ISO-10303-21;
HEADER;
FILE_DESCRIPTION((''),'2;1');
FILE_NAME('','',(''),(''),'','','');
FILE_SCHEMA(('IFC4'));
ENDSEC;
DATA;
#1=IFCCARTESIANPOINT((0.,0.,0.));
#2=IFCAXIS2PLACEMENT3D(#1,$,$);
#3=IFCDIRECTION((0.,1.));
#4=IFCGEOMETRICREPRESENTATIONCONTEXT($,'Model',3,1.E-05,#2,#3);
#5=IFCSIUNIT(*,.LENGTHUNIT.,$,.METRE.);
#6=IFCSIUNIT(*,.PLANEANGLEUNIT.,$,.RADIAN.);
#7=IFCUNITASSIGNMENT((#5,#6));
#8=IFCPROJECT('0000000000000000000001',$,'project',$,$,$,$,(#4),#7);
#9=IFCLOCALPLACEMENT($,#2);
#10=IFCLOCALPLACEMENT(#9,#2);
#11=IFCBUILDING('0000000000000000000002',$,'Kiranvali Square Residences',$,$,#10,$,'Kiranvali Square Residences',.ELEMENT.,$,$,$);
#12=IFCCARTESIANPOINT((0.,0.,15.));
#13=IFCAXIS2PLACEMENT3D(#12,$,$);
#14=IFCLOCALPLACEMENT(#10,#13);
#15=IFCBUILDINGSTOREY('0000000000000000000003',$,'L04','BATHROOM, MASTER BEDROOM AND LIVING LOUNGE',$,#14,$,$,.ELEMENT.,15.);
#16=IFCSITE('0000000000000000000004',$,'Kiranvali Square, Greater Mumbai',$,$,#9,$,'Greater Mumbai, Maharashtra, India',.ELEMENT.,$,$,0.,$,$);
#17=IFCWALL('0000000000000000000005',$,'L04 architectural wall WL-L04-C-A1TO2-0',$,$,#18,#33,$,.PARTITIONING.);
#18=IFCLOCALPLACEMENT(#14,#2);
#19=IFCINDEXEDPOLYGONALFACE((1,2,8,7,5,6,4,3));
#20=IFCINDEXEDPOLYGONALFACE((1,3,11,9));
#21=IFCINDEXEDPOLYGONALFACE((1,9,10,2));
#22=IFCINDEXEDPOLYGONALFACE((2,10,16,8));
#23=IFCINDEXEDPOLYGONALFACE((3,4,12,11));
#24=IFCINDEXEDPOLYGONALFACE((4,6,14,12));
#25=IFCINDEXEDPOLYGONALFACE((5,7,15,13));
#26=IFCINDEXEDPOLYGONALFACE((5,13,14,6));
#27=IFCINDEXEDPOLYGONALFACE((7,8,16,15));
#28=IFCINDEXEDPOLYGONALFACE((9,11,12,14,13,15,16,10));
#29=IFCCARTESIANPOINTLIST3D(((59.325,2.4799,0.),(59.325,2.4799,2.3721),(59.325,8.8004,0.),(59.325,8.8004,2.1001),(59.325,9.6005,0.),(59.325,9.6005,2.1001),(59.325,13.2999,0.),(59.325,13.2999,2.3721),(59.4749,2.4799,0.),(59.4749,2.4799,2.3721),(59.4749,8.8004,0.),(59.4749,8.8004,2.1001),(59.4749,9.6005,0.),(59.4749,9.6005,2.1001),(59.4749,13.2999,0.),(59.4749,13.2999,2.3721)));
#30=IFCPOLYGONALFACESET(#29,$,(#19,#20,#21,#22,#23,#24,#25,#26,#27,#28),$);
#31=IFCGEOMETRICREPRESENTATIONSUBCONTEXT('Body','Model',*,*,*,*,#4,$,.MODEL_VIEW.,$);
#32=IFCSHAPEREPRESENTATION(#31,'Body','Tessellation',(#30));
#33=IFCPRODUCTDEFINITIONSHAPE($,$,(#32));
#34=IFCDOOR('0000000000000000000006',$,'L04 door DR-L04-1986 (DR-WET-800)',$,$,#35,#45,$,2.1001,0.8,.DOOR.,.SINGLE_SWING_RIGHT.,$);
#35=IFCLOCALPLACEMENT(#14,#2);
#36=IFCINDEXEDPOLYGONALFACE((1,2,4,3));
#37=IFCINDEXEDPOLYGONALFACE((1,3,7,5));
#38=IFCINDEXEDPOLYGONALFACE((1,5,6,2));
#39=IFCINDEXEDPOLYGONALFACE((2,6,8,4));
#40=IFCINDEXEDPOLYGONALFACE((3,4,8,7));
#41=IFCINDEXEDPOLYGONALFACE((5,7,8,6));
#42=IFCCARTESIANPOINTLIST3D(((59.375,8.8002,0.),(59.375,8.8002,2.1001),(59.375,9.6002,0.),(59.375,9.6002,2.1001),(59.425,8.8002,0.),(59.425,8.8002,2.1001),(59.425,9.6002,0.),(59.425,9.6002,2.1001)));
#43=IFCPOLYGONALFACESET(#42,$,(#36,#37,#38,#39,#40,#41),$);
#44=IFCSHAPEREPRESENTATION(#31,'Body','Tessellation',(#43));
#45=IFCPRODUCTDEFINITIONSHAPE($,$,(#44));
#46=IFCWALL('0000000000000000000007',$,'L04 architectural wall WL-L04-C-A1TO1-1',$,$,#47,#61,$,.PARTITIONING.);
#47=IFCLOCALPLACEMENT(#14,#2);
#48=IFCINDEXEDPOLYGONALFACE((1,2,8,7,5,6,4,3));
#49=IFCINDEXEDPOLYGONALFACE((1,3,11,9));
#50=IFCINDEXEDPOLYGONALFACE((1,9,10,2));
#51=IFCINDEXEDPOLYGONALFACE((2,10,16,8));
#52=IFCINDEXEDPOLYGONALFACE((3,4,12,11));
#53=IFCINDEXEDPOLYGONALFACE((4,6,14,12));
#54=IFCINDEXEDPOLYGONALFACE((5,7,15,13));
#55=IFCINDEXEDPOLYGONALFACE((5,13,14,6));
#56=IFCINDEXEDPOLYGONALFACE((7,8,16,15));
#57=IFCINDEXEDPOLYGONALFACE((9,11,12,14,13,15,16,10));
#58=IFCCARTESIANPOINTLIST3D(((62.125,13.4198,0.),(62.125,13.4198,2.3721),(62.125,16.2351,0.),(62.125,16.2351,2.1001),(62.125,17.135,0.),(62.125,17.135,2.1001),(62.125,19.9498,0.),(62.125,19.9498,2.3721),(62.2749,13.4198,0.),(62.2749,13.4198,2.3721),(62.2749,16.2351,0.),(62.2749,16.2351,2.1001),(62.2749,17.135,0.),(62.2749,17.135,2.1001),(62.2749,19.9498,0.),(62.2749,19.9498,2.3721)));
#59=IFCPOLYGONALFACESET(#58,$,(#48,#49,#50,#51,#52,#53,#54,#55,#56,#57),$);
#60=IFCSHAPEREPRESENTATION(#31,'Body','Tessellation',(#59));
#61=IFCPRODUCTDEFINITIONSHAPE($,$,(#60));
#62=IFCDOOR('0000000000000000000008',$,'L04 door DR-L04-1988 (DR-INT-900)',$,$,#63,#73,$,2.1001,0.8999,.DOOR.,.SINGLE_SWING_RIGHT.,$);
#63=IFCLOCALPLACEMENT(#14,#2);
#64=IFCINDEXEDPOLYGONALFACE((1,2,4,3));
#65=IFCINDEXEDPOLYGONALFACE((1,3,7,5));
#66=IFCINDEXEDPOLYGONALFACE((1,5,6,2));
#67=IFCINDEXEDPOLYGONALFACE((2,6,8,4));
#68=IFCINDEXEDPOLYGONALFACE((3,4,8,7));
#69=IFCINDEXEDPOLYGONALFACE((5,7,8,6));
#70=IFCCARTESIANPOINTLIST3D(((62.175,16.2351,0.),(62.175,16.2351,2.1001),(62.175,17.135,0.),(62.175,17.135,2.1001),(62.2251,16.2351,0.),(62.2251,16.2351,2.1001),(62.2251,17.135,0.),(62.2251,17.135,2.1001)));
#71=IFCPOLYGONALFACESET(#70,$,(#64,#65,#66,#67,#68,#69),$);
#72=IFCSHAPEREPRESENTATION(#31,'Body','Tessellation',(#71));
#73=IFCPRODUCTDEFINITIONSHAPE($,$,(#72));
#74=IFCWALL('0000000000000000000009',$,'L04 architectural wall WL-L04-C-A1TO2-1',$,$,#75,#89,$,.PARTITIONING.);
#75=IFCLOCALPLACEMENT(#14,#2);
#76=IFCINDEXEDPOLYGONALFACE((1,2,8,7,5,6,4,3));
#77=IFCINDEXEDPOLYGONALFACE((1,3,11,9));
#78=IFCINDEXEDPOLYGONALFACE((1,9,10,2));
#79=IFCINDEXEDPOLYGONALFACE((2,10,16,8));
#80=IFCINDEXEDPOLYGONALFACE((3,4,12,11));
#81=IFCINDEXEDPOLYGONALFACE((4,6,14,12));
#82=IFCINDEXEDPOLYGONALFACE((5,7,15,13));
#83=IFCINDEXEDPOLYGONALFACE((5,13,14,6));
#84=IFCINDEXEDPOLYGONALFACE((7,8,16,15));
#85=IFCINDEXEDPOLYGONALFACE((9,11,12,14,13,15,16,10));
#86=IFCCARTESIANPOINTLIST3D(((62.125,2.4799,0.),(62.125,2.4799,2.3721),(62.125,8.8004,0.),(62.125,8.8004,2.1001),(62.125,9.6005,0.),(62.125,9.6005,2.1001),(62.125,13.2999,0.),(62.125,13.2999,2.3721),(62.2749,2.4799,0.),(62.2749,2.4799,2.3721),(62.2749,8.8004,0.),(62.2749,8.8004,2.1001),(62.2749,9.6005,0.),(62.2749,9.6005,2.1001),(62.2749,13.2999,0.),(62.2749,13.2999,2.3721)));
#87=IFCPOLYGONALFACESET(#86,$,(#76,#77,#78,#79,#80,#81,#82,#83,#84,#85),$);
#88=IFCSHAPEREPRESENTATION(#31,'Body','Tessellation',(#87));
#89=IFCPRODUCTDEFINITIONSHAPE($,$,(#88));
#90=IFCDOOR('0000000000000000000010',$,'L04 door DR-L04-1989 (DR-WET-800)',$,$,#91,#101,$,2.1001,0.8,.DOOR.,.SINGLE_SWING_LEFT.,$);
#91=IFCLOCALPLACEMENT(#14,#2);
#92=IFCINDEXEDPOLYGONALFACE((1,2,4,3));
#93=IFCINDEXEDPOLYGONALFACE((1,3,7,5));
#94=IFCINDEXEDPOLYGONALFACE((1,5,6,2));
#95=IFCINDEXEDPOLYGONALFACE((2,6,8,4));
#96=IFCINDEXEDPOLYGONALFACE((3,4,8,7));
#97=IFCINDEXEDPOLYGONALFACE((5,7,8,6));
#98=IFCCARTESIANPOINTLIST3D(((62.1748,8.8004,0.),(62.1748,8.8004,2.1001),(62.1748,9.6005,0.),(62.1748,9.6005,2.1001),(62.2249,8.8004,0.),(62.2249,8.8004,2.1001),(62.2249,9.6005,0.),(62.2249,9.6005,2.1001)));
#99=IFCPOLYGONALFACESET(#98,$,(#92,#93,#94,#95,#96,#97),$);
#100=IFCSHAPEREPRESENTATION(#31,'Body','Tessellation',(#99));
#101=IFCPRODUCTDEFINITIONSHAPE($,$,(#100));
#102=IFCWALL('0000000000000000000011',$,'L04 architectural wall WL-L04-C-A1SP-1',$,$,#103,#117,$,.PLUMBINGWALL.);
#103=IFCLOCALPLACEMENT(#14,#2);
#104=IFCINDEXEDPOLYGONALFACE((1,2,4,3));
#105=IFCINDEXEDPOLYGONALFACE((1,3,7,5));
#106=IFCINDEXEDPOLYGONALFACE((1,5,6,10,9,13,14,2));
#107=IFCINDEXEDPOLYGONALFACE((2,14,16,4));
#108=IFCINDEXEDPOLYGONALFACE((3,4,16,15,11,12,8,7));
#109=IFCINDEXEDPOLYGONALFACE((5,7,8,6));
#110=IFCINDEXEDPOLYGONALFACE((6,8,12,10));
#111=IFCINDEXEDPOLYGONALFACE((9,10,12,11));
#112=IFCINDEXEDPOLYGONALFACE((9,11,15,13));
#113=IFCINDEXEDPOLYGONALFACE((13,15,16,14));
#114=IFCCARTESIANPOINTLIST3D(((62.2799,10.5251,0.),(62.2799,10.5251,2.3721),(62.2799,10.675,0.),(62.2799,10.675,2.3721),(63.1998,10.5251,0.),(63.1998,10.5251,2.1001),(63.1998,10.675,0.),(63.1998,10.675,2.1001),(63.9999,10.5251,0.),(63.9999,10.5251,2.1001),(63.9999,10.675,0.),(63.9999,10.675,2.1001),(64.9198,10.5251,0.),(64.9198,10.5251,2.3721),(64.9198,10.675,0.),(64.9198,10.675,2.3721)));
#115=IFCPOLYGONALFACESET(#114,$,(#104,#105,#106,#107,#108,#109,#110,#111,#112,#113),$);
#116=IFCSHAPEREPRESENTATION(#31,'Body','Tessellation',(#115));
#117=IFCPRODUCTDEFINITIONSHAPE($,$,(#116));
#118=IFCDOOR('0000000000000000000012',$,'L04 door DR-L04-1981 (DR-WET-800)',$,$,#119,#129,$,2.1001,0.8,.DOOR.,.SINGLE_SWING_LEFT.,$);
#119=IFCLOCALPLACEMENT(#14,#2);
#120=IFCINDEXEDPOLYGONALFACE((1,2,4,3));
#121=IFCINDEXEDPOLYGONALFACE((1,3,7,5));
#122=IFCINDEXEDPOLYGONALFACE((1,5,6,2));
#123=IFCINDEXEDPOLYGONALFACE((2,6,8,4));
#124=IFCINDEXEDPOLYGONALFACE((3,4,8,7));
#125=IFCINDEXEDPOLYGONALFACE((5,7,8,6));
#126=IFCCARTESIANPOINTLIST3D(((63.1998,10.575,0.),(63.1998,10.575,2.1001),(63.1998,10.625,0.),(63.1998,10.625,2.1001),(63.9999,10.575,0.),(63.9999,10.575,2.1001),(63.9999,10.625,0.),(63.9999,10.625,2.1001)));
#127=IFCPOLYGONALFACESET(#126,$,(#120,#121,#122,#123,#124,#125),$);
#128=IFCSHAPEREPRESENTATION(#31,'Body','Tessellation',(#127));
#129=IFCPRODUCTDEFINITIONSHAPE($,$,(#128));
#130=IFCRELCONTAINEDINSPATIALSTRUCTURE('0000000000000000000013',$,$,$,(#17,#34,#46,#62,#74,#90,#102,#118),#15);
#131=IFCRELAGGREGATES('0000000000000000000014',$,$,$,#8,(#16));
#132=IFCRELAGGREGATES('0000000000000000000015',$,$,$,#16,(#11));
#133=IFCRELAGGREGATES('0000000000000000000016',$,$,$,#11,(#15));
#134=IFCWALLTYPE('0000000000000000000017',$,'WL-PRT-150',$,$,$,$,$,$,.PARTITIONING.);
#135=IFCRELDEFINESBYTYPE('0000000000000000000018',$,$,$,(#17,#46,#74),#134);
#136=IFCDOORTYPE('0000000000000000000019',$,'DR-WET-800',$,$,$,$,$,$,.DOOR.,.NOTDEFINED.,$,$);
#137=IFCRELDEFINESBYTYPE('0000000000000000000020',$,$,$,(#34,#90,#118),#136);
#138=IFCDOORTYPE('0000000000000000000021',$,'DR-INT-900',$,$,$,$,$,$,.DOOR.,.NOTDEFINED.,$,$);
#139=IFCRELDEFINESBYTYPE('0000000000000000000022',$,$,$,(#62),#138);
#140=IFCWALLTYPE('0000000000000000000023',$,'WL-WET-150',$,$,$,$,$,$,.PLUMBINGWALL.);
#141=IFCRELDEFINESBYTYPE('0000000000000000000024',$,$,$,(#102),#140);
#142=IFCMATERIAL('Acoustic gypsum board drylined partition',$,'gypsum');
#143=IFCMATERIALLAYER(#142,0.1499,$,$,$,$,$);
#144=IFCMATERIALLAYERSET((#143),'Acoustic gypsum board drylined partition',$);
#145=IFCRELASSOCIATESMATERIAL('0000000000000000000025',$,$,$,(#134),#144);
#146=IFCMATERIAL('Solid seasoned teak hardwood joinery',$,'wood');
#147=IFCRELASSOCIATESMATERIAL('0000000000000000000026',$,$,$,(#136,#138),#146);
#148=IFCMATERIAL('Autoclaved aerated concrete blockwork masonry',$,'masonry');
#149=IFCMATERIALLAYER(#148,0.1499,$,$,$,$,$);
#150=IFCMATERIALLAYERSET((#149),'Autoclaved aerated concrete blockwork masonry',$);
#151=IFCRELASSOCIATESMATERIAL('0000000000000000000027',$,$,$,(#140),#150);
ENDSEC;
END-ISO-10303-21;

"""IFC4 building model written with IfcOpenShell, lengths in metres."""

from ifc_helpers import new_model, si_unit, direction, frame, frame_2d, origin, place, context, subcontext, project, spatial, rectangle, extrude, material, layer, layer_set, type_object, element, fill, save


model = new_model("IFC4")

# Units and contexts
model_context = context("Model", 3, precision=1e-05, world=origin(), true_north=direction((0.0, 1.0)))
body_context = subcontext(model_context, "Body", "Model", "MODEL_VIEW")
ifc_project = project(units=[si_unit("LENGTHUNIT", "METRE"), si_unit("PLANEANGLEUNIT", "RADIAN")], contexts=[model_context])

# Site, building, storey
site_placement = place(None, origin())
site = spatial("IfcSite", under=ifc_project, at=site_placement, Name="Kiranvali Square, Greater Mumbai", LongName="Greater Mumbai, Maharashtra, India", CompositionType="ELEMENT", RefElevation=0.0)
building_placement = place(site_placement, origin())
building = spatial("IfcBuilding", under=site, at=building_placement, Name="Kiranvali Square Residences", LongName="Kiranvali Square Residences", CompositionType="ELEMENT")
storey_placement = place(building_placement, frame((0.0, 0.0, 15.0)))
storey = spatial("IfcBuildingStorey", under=building, at=storey_placement, Name="L04", Description="BATHROOM, MASTER BEDROOM AND LIVING LOUNGE", CompositionType="ELEMENT", Elevation=15.0)

# Shared definitions
ifc_material_1 = material(Name="Autoclaved aerated concrete blockwork masonry", Category="masonry")

# Walls, openings, doors
ifc_material_2 = material(Name="Acoustic gypsum board drylined partition", Category="gypsum")
ifc_layer_1 = layer(ifc_material_2, 0.1499)
ifc_layer_set_1 = layer_set([ifc_layer_1], Name="Acoustic gypsum board drylined partition")
wall_type_1 = type_object("IfcWallType", Name="WL-PRT-150", PredefinedType="PARTITIONING", material=ifc_layer_set_1)
wall_1_placement = place(storey_placement, frame((59.3999, 13.3, 0.0), z_axis=(0.0, 0.0, 1.0), x_axis=(0.0, -1.0, 0.0)))
wall_1 = element("IfcWall", 1, at=wall_1_placement, inside=storey, type_object=wall_type_1, Name="L04 architectural wall WL-L04-C-A1TO2-0", PredefinedType="PARTITIONING", context=body_context, shape_type="SweptSolid", body=[
    extrude(rectangle(XDim=10.8201, YDim=0.1499, at=frame_2d((5.4102, 0.0))), origin(), (0.0, 0.0, 1.0), 2.3721),
])
opening_1_placement = place(wall_1_placement, frame((3.6997, 0.0, 0.0)))
opening_1 = element("IfcOpeningElement", 2, at=opening_1_placement, cuts=wall_1, PredefinedType="OPENING", context=body_context, shape_type="SweptSolid", body=[
    extrude(rectangle(XDim=0.8, YDim=2.1001, at=frame_2d((0.3999, 1.05))), frame((0.0, 0.085, 0.0), z_axis=(0.0, -1.0, 0.0), x_axis=(1.0, 0.0, 0.0)), (0.0, 0.0, 1.0), 0.1699),
])
ifc_material_3 = material(Name="Solid seasoned teak hardwood joinery", Category="wood")
door_type_1 = type_object("IfcDoorType", Name="DR-WET-800", OperationType="NOTDEFINED", PredefinedType="DOOR", material=ifc_material_3)
door_1_placement = place(opening_1_placement, frame((0.8, 0.0, 0.0), z_axis=(0.0, 0.0, 1.0), x_axis=(-1.0, 0.0, 0.0)))
door_1 = element("IfcDoor", 3, at=door_1_placement, inside=storey, type_object=door_type_1, Name="L04 door DR-L04-1986 (DR-WET-800)", OperationType="SINGLE_SWING_RIGHT", OverallHeight=2.1001, OverallWidth=0.8, PredefinedType="DOOR", context=body_context, shape_type="SweptSolid", body=[
    extrude(rectangle(XDim=0.8, YDim=2.1001, at=frame_2d((0.3999, 1.05))), frame((0.0, 0.0249, 0.0), z_axis=(0.0, -1.0, 0.0), x_axis=(1.0, 0.0, 0.0)), (0.0, 0.0, 1.0), 0.05),
])
fill(opening_1, door_1)
wall_2_placement = place(storey_placement, frame((62.2, 19.95, 0.0), z_axis=(0.0, 0.0, 1.0), x_axis=(0.0, -1.0, 0.0)))
wall_2 = element("IfcWall", 4, at=wall_2_placement, inside=storey, type_object=wall_type_1, Name="L04 architectural wall WL-L04-C-A1TO1-1", PredefinedType="PARTITIONING", context=body_context, shape_type="SweptSolid", body=[
    extrude(rectangle(XDim=6.53, YDim=0.1499, at=frame_2d((3.2651, 0.0))), origin(), (0.0, 0.0, 1.0), 2.3721),
])
opening_2_placement = place(wall_2_placement, frame((2.8149, 0.0, 0.0)))
opening_2 = element("IfcOpeningElement", 5, at=opening_2_placement, cuts=wall_2, PredefinedType="OPENING", context=body_context, shape_type="SweptSolid", body=[
    extrude(rectangle(XDim=0.8999, YDim=2.1001, at=frame_2d((0.45, 1.05))), frame((0.0, 0.085, 0.0), z_axis=(0.0, -1.0, 0.0), x_axis=(1.0, 0.0, 0.0)), (0.0, 0.0, 1.0), 0.1699),
])
door_type_2 = type_object("IfcDoorType", Name="DR-INT-900", OperationType="NOTDEFINED", PredefinedType="DOOR", material=ifc_material_3)
door_2_placement = place(opening_2_placement, frame((0.8999, 0.0, 0.0), z_axis=(0.0, 0.0, 1.0), x_axis=(-1.0, 0.0, 0.0)))
door_2 = element("IfcDoor", 6, at=door_2_placement, inside=storey, type_object=door_type_2, Name="L04 door DR-L04-1988 (DR-INT-900)", OperationType="SINGLE_SWING_RIGHT", OverallHeight=2.1001, OverallWidth=0.8999, PredefinedType="DOOR", context=body_context, shape_type="SweptSolid", body=[
    extrude(rectangle(XDim=0.8999, YDim=2.1001, at=frame_2d((0.45, 1.05))), frame((0.0, 0.0249, 0.0), z_axis=(0.0, -1.0, 0.0), x_axis=(1.0, 0.0, 0.0)), (0.0, 0.0, 1.0), 0.05),
])
fill(opening_2, door_2)
wall_3_placement = place(storey_placement, frame((62.2, 13.3, 0.0), z_axis=(0.0, 0.0, 1.0), x_axis=(0.0, -1.0, 0.0)))
wall_3 = element("IfcWall", 7, at=wall_3_placement, inside=storey, type_object=wall_type_1, Name="L04 architectural wall WL-L04-C-A1TO2-1", PredefinedType="PARTITIONING", context=body_context, shape_type="SweptSolid", body=[
    extrude(rectangle(XDim=10.8201, YDim=0.1499, at=frame_2d((5.4102, 0.0))), origin(), (0.0, 0.0, 1.0), 2.3721),
])
opening_3_placement = place(wall_3_placement, frame((3.6997, 0.0, 0.0)))
opening_3 = element("IfcOpeningElement", 8, at=opening_3_placement, cuts=wall_3, PredefinedType="OPENING", context=body_context, shape_type="SweptSolid", body=[
    extrude(rectangle(XDim=0.8, YDim=2.1001, at=frame_2d((0.3999, 1.05))), frame((0.0, 0.085, 0.0), z_axis=(0.0, -1.0, 0.0), x_axis=(1.0, 0.0, 0.0)), (0.0, 0.0, 1.0), 0.1699),
])
door_3_placement = place(opening_3_placement, origin())
door_3 = element("IfcDoor", 9, at=door_3_placement, inside=storey, type_object=door_type_1, Name="L04 door DR-L04-1989 (DR-WET-800)", OperationType="SINGLE_SWING_LEFT", OverallHeight=2.1001, OverallWidth=0.8, PredefinedType="DOOR", context=body_context, shape_type="SweptSolid", body=[
    extrude(rectangle(XDim=0.8, YDim=2.1001, at=frame_2d((0.3999, 1.05))), frame((0.0, 0.0249, 0.0), z_axis=(0.0, -1.0, 0.0), x_axis=(1.0, 0.0, 0.0)), (0.0, 0.0, 1.0), 0.05),
])
fill(opening_3, door_3)
ifc_layer_2 = layer(ifc_material_1, 0.1499)
ifc_layer_set_2 = layer_set([ifc_layer_2], Name="Autoclaved aerated concrete blockwork masonry")
wall_type_2 = type_object("IfcWallType", Name="WL-WET-150", PredefinedType="PLUMBINGWALL", material=ifc_layer_set_2)
wall_4_placement = place(storey_placement, frame((62.28, 10.6001, 0.0), z_axis=(0.0, 0.0, 1.0), x_axis=(1.0, 0.0, 0.0)))
wall_4 = element("IfcWall", 10, at=wall_4_placement, inside=storey, type_object=wall_type_2, Name="L04 architectural wall WL-L04-C-A1SP-1", PredefinedType="PLUMBINGWALL", context=body_context, shape_type="SweptSolid", body=[
    extrude(rectangle(XDim=2.6399, YDim=0.1499, at=frame_2d((1.3198, 0.0))), origin(), (0.0, 0.0, 1.0), 2.3721),
])
opening_4_placement = place(wall_4_placement, frame((0.9199, 0.0, 0.0)))
opening_4 = element("IfcOpeningElement", 11, at=opening_4_placement, cuts=wall_4, PredefinedType="OPENING", context=body_context, shape_type="SweptSolid", body=[
    extrude(rectangle(XDim=0.8, YDim=2.1001, at=frame_2d((0.3999, 1.05))), frame((0.0, 0.085, 0.0), z_axis=(0.0, -1.0, 0.0), x_axis=(1.0, 0.0, 0.0)), (0.0, 0.0, 1.0), 0.1699),
])
door_4_placement = place(opening_4_placement, origin())
door_4 = element("IfcDoor", 12, at=door_4_placement, inside=storey, type_object=door_type_1, Name="L04 door DR-L04-1981 (DR-WET-800)", OperationType="SINGLE_SWING_LEFT", OverallHeight=2.1001, OverallWidth=0.8, PredefinedType="DOOR", context=body_context, shape_type="SweptSolid", body=[
    extrude(rectangle(XDim=0.8, YDim=2.1001, at=frame_2d((0.3999, 1.05))), frame((0.0, 0.0249, 0.0), z_axis=(0.0, -1.0, 0.0), x_axis=(1.0, 0.0, 0.0)), (0.0, 0.0, 1.0), 0.05),
])
fill(opening_4, door_4)

save(model, "model.ifc")
